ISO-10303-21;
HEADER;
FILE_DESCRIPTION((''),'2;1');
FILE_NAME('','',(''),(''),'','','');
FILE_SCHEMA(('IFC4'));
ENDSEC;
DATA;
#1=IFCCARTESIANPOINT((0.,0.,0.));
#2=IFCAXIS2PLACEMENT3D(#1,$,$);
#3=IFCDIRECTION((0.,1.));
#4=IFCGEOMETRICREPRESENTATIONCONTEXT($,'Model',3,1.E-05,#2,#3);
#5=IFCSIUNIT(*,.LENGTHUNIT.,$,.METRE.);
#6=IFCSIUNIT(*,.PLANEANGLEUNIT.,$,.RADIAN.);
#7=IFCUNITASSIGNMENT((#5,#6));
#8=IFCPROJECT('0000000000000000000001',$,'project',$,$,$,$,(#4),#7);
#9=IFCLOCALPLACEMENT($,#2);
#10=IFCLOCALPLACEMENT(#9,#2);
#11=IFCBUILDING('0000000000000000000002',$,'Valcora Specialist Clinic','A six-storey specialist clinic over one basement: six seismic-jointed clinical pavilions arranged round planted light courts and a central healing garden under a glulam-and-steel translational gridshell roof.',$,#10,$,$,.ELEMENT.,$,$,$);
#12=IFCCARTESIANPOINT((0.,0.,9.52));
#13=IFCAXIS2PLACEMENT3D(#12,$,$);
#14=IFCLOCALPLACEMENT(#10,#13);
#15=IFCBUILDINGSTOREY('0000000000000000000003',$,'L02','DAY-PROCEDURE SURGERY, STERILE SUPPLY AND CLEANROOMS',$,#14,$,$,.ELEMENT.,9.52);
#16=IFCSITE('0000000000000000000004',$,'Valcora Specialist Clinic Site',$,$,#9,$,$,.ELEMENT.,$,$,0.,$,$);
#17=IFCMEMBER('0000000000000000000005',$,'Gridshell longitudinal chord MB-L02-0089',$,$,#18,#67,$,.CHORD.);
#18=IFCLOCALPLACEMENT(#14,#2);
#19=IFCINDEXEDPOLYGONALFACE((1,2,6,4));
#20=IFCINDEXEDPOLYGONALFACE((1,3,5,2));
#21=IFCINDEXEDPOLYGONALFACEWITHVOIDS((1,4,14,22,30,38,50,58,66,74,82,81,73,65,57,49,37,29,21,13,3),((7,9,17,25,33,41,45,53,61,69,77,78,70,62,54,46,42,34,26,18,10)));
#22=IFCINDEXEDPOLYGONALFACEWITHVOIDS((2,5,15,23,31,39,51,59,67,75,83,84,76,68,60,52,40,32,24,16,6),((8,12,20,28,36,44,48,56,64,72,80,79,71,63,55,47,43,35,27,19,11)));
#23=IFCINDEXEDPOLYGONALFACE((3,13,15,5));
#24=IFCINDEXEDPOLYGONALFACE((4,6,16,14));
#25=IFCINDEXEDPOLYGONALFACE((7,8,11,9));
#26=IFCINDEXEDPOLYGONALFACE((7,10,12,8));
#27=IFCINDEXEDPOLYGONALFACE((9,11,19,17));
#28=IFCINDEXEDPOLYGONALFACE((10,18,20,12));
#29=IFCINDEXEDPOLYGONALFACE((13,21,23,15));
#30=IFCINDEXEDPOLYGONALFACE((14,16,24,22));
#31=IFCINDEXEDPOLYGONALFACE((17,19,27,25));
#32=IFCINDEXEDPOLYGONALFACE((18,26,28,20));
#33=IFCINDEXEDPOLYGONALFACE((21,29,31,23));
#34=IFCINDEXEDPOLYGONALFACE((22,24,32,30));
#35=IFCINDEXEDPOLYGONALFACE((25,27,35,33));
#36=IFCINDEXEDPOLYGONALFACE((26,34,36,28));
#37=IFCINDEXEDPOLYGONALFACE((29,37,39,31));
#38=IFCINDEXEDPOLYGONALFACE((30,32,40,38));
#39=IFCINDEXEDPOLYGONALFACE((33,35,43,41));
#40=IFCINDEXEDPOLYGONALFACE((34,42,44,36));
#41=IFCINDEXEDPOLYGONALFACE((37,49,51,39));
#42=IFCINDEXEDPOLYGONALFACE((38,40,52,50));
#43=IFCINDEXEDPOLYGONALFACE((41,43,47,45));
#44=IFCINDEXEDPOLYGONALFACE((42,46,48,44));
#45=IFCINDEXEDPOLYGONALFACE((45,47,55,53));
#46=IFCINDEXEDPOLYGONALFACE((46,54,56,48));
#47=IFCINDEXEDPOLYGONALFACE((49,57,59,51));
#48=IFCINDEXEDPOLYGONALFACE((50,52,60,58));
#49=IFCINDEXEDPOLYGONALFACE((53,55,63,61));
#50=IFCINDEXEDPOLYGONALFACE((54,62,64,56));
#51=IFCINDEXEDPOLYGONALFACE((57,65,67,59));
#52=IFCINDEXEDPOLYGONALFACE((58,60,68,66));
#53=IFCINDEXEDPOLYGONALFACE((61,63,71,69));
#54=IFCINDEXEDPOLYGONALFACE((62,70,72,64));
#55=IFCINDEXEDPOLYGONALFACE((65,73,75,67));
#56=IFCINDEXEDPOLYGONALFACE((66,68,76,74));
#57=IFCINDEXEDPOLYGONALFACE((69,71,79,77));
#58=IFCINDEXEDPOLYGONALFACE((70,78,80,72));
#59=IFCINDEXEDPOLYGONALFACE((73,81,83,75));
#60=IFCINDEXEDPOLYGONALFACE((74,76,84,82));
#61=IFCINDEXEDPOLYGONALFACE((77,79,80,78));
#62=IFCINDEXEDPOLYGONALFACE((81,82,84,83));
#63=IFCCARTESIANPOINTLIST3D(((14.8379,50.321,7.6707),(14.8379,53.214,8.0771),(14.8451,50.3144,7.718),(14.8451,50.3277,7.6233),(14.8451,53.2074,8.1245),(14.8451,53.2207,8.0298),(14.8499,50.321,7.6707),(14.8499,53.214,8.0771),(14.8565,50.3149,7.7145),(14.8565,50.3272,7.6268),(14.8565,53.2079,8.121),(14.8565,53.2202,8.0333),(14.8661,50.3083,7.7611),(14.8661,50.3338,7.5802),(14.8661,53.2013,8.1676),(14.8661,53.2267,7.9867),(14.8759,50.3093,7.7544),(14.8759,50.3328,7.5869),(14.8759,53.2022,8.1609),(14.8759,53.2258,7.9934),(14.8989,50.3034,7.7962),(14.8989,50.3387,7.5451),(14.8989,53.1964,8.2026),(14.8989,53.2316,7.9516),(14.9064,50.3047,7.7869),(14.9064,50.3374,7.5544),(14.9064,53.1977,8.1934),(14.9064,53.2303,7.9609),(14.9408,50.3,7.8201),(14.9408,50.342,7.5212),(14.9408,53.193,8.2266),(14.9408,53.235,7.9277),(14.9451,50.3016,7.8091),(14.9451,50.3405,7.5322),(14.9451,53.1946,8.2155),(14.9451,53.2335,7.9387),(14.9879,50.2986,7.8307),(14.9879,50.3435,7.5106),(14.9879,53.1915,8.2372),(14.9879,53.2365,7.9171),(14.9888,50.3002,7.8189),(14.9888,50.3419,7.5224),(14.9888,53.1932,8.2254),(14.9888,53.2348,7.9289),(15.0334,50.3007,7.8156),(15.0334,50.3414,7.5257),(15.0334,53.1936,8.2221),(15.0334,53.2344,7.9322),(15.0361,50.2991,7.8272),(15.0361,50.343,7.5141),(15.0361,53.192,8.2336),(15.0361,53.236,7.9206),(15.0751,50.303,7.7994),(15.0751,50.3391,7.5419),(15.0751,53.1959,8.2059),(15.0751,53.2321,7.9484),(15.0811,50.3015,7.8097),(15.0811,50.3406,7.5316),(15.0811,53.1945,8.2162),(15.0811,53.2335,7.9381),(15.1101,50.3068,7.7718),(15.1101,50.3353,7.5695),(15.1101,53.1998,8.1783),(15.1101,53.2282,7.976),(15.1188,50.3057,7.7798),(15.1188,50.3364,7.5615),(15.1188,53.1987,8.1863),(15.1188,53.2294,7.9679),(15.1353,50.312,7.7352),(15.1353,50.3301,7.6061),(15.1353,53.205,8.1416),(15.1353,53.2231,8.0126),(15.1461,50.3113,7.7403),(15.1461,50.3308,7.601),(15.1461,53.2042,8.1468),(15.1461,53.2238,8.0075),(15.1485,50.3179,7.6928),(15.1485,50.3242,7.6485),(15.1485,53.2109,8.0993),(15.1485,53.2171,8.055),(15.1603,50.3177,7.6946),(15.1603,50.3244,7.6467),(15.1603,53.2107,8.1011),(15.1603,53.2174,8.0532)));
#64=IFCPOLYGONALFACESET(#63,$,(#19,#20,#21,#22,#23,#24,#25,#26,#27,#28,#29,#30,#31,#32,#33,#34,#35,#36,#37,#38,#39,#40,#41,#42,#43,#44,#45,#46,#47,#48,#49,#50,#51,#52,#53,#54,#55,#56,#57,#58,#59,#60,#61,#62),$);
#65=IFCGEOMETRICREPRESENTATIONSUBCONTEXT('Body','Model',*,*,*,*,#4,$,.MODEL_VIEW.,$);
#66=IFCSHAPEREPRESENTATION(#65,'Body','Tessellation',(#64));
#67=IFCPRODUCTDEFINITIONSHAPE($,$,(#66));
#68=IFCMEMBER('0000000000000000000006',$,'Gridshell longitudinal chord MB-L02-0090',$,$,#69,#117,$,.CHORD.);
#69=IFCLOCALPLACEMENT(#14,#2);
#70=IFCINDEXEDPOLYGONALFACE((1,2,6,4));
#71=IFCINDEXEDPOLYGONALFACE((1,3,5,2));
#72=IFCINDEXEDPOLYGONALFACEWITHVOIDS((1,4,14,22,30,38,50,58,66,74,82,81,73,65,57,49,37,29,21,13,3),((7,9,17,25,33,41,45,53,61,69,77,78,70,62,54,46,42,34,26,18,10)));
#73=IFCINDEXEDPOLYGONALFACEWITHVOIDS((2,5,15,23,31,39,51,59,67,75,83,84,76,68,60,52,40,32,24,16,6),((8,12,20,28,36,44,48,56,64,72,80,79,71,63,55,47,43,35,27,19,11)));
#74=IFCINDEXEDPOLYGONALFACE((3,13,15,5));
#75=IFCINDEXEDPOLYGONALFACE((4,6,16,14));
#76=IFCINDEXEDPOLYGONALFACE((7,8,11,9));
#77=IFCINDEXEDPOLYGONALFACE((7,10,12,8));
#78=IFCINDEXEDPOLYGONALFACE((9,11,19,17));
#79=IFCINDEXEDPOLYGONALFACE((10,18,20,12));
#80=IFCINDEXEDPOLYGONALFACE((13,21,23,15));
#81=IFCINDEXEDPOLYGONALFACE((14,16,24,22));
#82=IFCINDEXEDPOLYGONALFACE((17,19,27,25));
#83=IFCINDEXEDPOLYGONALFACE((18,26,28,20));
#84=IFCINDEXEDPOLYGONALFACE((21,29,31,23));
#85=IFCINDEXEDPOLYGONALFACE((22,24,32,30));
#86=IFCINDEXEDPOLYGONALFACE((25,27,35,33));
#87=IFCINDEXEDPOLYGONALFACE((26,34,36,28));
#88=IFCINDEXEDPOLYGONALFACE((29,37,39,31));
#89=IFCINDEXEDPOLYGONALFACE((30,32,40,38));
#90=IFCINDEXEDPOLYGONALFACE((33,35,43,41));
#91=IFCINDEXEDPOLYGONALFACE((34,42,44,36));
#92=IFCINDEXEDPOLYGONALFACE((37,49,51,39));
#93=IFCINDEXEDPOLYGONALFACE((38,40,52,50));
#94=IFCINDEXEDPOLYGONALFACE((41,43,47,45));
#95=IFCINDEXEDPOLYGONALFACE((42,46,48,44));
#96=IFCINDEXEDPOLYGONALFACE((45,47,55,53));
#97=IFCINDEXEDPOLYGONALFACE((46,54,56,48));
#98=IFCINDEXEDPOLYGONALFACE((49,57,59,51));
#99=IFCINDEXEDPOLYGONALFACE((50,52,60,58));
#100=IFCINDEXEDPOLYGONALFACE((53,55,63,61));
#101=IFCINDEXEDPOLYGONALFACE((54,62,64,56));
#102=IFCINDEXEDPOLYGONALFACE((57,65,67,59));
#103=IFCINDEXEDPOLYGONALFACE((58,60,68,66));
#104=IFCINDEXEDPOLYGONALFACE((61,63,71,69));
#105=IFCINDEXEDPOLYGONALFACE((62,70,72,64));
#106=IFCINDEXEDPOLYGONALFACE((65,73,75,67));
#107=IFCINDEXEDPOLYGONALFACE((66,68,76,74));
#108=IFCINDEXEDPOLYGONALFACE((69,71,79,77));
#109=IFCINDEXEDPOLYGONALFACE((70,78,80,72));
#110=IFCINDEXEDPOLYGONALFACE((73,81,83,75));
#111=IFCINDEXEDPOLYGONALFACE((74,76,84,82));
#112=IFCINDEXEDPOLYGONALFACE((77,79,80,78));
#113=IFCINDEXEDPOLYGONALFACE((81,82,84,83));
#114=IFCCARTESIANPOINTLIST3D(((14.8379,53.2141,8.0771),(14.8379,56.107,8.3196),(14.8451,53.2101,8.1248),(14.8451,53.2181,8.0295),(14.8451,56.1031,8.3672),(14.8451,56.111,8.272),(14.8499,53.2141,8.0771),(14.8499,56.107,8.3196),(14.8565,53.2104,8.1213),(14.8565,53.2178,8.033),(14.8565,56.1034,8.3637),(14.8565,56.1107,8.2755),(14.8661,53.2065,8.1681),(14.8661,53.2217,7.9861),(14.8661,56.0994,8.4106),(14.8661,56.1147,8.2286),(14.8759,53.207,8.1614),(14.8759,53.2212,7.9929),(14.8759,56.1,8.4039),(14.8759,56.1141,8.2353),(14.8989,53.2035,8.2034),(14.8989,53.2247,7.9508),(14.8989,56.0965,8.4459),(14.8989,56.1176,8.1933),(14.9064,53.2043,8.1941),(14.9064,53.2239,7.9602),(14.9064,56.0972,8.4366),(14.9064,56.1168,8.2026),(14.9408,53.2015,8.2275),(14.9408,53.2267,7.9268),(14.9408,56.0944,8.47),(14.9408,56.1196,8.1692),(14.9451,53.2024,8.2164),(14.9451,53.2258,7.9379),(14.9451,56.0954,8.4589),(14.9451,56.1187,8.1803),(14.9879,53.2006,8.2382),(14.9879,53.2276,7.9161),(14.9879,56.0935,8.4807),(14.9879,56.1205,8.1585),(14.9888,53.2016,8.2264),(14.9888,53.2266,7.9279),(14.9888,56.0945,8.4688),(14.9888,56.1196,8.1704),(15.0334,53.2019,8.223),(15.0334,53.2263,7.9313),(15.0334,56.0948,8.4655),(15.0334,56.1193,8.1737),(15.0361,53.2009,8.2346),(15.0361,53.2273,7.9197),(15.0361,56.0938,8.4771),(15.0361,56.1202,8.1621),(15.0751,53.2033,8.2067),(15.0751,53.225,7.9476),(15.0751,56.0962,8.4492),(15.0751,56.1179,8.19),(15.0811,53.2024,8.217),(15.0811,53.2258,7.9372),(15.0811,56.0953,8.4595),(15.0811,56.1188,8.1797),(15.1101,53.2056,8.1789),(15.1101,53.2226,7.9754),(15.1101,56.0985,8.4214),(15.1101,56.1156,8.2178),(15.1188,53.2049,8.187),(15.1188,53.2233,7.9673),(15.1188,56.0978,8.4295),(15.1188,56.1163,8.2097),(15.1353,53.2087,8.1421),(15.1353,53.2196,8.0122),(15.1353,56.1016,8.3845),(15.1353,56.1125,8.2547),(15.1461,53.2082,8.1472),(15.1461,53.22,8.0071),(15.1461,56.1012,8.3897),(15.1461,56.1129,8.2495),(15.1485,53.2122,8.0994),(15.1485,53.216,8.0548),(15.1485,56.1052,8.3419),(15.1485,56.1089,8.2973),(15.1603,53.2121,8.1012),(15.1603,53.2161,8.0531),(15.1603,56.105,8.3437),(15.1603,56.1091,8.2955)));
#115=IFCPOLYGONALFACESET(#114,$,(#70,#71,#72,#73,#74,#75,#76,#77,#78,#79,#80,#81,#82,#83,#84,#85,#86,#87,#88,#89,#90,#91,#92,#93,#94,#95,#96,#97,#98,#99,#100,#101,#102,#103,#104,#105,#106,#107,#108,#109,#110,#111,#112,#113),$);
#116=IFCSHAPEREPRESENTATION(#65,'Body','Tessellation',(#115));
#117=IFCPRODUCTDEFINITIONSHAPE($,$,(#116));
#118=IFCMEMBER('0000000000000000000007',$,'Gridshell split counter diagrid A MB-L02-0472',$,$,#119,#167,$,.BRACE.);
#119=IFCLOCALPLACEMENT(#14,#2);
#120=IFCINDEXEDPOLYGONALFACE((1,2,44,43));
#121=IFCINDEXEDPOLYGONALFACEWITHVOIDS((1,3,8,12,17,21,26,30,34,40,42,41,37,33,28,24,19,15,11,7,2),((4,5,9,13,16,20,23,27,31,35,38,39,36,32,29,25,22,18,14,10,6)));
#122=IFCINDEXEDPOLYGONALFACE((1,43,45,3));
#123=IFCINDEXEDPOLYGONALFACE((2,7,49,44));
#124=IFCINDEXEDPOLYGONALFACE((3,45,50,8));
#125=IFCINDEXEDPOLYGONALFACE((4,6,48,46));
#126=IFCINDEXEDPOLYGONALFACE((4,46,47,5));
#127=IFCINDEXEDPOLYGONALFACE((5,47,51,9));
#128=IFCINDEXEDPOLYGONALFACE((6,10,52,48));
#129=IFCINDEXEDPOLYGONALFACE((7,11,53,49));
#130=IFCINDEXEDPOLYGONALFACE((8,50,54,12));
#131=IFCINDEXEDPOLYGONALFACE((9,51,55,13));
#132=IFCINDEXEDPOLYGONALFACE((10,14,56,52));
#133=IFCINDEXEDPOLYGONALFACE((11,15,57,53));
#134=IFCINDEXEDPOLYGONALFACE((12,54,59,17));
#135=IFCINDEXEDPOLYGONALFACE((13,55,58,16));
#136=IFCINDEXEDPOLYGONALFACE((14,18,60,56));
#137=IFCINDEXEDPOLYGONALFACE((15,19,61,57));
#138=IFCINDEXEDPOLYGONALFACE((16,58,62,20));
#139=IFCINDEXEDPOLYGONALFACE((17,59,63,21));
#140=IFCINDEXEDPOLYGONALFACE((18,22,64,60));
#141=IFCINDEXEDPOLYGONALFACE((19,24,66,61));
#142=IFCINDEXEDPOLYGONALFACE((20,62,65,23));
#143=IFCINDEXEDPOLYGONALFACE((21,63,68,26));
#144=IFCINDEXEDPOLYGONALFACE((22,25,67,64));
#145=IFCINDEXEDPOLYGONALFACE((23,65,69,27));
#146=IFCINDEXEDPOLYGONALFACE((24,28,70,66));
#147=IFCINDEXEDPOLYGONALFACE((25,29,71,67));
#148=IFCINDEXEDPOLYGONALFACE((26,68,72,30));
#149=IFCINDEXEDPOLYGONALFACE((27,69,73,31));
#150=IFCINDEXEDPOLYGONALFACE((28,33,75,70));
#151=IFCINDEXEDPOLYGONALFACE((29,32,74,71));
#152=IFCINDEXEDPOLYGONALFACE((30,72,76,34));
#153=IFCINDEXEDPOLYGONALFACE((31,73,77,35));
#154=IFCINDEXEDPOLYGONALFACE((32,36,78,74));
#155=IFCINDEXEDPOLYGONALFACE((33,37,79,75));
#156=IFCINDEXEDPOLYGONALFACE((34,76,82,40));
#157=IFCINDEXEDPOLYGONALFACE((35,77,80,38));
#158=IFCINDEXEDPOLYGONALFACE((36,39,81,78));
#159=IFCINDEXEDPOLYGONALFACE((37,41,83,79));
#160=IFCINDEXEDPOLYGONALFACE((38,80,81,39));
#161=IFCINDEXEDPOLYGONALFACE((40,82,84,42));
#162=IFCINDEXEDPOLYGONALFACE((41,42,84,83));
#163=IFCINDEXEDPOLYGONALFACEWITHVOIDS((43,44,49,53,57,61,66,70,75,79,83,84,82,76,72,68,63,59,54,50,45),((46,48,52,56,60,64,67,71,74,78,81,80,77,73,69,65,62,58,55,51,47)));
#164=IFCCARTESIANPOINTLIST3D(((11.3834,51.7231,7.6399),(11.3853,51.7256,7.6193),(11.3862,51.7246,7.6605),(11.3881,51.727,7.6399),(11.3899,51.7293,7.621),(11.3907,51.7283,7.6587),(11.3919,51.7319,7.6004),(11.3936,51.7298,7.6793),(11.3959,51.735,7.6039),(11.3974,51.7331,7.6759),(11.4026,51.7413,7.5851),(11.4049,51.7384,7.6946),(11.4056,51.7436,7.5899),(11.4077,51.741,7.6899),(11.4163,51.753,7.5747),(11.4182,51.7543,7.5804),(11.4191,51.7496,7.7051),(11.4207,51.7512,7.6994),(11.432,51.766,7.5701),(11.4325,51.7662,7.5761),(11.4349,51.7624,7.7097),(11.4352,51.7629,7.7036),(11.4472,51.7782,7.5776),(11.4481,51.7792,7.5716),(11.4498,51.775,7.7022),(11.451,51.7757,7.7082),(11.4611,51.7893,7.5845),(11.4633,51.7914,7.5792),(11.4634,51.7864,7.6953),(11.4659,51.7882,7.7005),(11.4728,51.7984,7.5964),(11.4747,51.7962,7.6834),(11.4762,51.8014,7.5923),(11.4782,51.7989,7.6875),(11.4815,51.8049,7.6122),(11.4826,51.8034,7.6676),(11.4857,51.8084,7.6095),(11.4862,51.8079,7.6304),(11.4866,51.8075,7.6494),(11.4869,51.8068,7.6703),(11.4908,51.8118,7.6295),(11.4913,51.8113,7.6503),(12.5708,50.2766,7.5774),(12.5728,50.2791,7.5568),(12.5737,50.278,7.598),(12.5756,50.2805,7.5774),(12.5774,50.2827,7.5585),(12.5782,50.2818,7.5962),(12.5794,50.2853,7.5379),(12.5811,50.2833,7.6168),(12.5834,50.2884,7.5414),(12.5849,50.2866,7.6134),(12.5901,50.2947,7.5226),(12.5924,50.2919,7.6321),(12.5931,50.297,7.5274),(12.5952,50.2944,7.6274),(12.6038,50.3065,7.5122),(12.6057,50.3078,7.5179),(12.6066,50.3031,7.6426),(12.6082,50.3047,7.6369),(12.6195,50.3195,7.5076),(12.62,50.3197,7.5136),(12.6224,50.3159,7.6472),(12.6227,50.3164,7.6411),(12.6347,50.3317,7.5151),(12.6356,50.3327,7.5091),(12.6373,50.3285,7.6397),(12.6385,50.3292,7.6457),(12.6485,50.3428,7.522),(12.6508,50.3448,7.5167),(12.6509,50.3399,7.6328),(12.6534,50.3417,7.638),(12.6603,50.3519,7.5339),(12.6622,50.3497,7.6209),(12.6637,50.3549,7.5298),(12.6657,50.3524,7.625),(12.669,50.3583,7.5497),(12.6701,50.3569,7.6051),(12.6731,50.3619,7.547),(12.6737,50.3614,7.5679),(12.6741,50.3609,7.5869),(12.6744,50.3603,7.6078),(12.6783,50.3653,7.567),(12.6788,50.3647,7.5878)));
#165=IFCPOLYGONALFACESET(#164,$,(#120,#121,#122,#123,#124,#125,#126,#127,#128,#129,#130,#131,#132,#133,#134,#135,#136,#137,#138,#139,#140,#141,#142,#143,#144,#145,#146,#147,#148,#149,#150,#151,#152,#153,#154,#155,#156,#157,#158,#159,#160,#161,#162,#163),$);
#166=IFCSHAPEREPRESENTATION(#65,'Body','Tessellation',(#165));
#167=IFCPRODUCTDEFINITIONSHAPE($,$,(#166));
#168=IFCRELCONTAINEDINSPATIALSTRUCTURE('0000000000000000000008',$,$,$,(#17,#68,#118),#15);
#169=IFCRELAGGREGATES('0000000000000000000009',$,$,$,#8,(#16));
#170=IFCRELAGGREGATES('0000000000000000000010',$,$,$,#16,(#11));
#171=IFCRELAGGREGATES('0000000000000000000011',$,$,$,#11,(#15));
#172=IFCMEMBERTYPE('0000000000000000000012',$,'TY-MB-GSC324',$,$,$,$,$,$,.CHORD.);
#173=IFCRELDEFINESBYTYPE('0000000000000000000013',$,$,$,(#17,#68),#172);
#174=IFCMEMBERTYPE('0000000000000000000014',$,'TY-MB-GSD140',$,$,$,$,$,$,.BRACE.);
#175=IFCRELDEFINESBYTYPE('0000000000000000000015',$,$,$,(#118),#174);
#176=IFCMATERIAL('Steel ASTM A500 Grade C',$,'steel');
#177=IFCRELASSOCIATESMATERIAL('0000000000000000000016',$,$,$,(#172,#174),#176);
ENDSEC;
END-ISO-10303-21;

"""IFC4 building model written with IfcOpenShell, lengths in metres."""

from ifc_helpers import new_model, si_unit, direction, frame, origin, origin_2d, place, context, subcontext, project, spatial, hollow_circle, extrude, material, material_profile, profile_set, type_object, element, save


model = new_model("IFC4")

# Units and contexts
model_context = context("Model", 3, precision=1e-05, world=origin(), true_north=direction((0.0, 1.0)))
body_context = subcontext(model_context, "Body", "Model", "MODEL_VIEW")
ifc_project = project(units=[si_unit("LENGTHUNIT", "METRE"), si_unit("PLANEANGLEUNIT", "RADIAN")], contexts=[model_context])

# Site, building, storey
site_placement = place(None, origin())
site = spatial("IfcSite", under=ifc_project, at=site_placement, Name="Valcora Specialist Clinic Site", CompositionType="ELEMENT", RefElevation=0.0)
building_placement = place(site_placement, origin())
building = spatial("IfcBuilding", under=site, at=building_placement, Name="Valcora Specialist Clinic", Description="A six-storey specialist clinic over one basement: six seismic-jointed clinical pavilions arranged round planted light courts and a central healing garden under a glulam-and-steel translational gridshell roof.", CompositionType="ELEMENT")
storey_placement = place(building_placement, frame((0.0, 0.0, 9.52)))
storey = spatial("IfcBuildingStorey", under=building, at=storey_placement, Name="L02", Description="DAY-PROCEDURE SURGERY, STERILE SUPPLY AND CLEANROOMS", CompositionType="ELEMENT", Elevation=9.52)

# Members
ifc_material_1 = material(Name="Steel ASTM A500 Grade C", Category="steel")
ifc_material_profile_1 = material_profile(ifc_material_1, hollow_circle(Radius=0.1621, WallThickness=0.012, at=origin_2d()), Name="ST-CHS-324X12")
ifc_profile_set_1 = profile_set([ifc_material_profile_1], Name="Steel ASTM A500 Grade C")
member_type_1 = type_object("IfcMemberType", Name="TY-MB-GSC324", PredefinedType="CHORD", material=ifc_profile_set_1)
member_1_placement = place(storey_placement, frame((15.0, 50.321, 7.6707), z_axis=(0.0, 0.990273, 0.13914), x_axis=(-1.0, 0.0, 0.0)))
element("IfcMember", 1, at=member_1_placement, inside=storey, type_object=member_type_1, Name="Gridshell longitudinal chord MB-L02-0089", PredefinedType="CHORD", context=body_context, shape_type="SweptSolid", body=[
    extrude(hollow_circle(Radius=0.1621, WallThickness=0.012, at=origin_2d()), origin(), (0.0, 0.0, 1.0), 2.9214),
])
member_2_placement = place(storey_placement, frame((15.0, 53.2141, 8.0771), z_axis=(0.0, 0.996507, 0.083512), x_axis=(-1.0, 0.0, 0.0)))
element("IfcMember", 2, at=member_2_placement, inside=storey, type_object=member_type_1, Name="Gridshell longitudinal chord MB-L02-0090", PredefinedType="CHORD", context=body_context, shape_type="SweptSolid", body=[
    extrude(hollow_circle(Radius=0.1621, WallThickness=0.012, at=origin_2d()), origin(), (0.0, 0.0, 1.0), 2.9031),
])
ifc_material_profile_2 = material_profile(ifc_material_1, hollow_circle(Radius=0.0701, WallThickness=0.0061, at=origin_2d()), Name="ST-CHS-140X6")
ifc_profile_set_2 = profile_set([ifc_material_profile_2], Name="Steel ASTM A500 Grade C")
member_type_2 = type_object("IfcMemberType", Name="TY-MB-GSD140", PredefinedType="BRACE", material=ifc_profile_set_2)
member_3_placement = place(storey_placement, frame((12.625, 50.321, 7.5774), z_axis=(-0.634155, 0.772485, 0.033377), x_axis=(-0.772916, -0.634508, 0.0)))
element("IfcMember", 3, at=member_3_placement, inside=storey, type_object=member_type_2, Name="Gridshell split counter diagrid A MB-L02-0472", PredefinedType="BRACE", context=body_context, shape_type="SweptSolid", body=[
    extrude(hollow_circle(Radius=0.0701, WallThickness=0.0061, at=origin_2d()), origin(), (0.0, 0.0, 1.0), 1.8726),
])

save(model, "model.ifc")
